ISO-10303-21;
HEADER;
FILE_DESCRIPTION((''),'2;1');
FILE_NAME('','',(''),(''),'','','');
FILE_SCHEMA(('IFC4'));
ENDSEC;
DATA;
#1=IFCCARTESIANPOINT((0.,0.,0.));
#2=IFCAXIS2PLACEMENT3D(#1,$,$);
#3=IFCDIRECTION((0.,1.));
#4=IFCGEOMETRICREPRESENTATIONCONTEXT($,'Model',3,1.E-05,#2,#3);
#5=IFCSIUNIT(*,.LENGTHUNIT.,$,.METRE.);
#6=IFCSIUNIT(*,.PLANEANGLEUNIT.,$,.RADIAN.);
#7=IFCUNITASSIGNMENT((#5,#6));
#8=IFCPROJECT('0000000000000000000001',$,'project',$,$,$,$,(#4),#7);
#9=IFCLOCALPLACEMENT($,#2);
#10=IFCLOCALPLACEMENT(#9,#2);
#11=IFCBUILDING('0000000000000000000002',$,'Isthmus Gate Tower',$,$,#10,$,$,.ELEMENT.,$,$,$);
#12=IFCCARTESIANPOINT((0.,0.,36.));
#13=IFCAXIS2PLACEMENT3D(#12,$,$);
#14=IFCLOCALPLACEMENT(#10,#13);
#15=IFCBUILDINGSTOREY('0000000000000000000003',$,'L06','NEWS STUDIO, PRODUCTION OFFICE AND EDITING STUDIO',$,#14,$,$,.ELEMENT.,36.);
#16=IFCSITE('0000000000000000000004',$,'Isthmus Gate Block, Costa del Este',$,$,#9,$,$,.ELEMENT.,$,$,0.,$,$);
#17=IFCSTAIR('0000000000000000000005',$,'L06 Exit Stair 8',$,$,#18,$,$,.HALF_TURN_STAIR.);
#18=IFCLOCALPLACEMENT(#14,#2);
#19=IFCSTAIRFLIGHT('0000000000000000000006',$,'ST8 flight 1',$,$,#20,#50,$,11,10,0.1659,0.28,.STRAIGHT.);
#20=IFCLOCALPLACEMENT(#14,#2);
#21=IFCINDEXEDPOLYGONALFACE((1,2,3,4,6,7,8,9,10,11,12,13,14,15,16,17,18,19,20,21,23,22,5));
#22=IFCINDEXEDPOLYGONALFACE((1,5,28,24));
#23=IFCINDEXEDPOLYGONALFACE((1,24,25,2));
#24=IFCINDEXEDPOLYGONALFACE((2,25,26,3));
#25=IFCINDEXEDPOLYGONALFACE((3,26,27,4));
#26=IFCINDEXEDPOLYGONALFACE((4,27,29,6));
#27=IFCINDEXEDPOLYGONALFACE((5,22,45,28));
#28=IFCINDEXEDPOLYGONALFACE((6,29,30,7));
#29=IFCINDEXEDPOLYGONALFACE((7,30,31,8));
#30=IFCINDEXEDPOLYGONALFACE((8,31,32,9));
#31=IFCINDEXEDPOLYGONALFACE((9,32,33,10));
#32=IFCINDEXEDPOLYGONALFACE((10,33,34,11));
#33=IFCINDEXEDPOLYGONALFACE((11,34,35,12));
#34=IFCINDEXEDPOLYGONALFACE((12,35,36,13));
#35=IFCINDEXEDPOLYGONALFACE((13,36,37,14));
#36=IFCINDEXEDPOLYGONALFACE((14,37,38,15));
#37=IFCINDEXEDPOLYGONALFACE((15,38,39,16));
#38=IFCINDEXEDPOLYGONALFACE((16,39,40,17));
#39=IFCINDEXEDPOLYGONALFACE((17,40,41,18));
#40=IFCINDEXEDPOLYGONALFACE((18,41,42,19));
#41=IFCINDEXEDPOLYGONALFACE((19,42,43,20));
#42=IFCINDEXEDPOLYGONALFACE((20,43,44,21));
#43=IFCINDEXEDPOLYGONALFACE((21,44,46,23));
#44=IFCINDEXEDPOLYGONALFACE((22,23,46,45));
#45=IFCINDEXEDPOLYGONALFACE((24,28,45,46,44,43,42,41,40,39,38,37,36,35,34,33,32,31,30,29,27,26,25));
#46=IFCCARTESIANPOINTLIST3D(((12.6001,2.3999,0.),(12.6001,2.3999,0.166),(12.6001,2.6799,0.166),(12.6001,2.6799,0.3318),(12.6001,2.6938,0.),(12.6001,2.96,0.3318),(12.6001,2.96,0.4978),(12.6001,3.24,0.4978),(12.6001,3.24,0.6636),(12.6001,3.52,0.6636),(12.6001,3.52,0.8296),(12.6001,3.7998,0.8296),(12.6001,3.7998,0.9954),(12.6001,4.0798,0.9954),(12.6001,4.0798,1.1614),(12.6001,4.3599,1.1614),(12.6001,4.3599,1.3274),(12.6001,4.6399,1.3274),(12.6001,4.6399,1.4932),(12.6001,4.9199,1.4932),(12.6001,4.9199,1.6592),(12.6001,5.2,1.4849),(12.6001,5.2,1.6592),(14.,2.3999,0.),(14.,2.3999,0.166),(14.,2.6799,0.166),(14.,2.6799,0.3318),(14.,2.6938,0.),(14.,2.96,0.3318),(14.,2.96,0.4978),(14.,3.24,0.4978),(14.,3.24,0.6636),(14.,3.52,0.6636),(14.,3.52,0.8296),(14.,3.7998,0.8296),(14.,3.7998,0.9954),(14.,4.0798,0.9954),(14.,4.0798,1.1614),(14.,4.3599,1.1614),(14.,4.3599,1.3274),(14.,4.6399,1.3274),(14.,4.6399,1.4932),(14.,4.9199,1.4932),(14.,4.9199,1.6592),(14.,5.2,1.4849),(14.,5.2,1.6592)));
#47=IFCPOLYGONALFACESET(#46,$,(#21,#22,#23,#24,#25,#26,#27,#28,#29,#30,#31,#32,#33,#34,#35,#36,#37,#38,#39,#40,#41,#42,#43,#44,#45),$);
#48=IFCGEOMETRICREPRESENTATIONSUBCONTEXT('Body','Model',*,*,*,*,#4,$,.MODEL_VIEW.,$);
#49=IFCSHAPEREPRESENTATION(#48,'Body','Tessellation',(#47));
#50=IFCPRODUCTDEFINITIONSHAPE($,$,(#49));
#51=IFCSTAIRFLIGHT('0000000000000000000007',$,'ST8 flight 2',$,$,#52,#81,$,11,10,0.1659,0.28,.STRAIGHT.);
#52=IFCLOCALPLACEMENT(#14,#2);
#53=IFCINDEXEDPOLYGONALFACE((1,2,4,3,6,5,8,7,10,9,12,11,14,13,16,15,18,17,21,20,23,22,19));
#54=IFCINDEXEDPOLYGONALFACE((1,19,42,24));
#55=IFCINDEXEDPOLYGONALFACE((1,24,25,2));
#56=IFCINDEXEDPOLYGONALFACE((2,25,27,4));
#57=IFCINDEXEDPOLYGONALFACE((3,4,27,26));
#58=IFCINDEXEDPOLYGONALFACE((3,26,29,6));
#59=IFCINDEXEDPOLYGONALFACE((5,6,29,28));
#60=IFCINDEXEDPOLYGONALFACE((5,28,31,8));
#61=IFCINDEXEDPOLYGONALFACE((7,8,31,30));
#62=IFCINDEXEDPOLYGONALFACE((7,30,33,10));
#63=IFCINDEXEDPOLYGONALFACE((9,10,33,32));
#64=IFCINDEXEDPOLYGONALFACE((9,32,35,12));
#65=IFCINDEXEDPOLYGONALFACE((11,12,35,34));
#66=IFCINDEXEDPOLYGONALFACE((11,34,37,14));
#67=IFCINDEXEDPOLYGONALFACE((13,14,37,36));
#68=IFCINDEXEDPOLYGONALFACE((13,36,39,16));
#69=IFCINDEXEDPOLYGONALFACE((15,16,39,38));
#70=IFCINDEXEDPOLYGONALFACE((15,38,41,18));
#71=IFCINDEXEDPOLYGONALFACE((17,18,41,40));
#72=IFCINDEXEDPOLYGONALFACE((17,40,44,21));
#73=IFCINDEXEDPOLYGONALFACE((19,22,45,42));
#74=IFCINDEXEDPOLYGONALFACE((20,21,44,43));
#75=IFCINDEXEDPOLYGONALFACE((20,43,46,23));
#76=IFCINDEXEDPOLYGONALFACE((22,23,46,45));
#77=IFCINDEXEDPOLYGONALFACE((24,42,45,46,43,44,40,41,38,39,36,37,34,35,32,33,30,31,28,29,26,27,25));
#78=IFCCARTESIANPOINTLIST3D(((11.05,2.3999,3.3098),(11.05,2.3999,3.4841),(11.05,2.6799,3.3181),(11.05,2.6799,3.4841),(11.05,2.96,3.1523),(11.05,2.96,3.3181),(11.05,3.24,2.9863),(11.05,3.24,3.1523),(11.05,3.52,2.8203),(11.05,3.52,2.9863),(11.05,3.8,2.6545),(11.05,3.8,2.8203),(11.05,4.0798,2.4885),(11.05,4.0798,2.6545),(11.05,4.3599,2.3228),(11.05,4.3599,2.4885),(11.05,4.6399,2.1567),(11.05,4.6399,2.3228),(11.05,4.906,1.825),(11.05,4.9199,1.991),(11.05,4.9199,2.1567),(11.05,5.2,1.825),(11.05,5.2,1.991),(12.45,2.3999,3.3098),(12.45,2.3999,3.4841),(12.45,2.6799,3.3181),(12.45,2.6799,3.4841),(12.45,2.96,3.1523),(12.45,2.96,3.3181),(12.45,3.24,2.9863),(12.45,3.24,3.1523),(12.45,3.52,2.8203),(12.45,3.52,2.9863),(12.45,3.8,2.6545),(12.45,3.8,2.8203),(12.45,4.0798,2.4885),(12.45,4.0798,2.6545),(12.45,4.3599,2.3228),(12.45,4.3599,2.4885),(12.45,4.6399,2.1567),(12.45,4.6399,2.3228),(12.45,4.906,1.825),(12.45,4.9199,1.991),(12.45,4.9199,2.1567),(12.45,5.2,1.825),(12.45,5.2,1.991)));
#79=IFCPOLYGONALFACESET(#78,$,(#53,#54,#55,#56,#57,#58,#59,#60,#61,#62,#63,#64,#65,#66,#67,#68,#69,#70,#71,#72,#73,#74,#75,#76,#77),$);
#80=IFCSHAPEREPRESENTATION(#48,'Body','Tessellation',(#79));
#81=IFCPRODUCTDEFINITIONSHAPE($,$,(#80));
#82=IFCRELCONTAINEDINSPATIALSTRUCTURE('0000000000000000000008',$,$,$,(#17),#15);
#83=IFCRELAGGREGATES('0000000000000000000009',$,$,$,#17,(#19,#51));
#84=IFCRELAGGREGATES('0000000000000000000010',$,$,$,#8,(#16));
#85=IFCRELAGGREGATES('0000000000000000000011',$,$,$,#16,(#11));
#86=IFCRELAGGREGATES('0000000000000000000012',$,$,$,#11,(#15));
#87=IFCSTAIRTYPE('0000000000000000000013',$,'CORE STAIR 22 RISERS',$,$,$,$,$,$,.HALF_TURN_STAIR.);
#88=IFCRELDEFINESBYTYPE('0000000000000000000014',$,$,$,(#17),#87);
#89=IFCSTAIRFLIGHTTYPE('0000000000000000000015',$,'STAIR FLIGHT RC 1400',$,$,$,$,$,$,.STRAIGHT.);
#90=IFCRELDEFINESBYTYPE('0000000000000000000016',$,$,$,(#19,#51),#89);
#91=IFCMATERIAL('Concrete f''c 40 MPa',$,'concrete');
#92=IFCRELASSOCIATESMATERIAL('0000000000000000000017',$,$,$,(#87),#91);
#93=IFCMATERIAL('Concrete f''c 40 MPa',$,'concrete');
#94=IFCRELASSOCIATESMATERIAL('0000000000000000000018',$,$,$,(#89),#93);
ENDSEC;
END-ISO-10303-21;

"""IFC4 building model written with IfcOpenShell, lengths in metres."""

from ifc_helpers import new_model, si_unit, direction, frame, origin, place, context, subcontext, project, spatial, polyline, outline, extrude, material, type_object, element, aggregate, save


model = new_model("IFC4")

# Units and contexts
model_context = context("Model", 3, precision=1e-05, world=origin(), true_north=direction((0.0, 1.0)))
body_context = subcontext(model_context, "Body", "Model", "MODEL_VIEW")
ifc_project = project(units=[si_unit("LENGTHUNIT", "METRE"), si_unit("PLANEANGLEUNIT", "RADIAN")], contexts=[model_context])

# Site, building, storey
site_placement = place(None, origin())
site = spatial("IfcSite", under=ifc_project, at=site_placement, Name="Isthmus Gate Block, Costa del Este", CompositionType="ELEMENT", RefElevation=0.0)
building_placement = place(site_placement, origin())
building = spatial("IfcBuilding", under=site, at=building_placement, Name="Isthmus Gate Tower", CompositionType="ELEMENT")
storey_placement = place(building_placement, frame((0.0, 0.0, 36.0)))
storey = spatial("IfcBuildingStorey", under=building, at=storey_placement, Name="L06", Description="NEWS STUDIO, PRODUCTION OFFICE AND EDITING STUDIO", CompositionType="ELEMENT", Elevation=36.0)

# Stair, stair flights
ifc_material_1 = material(Name="Concrete f'c 40 MPa", Category="concrete")
stair_type = type_object("IfcStairType", Name="CORE STAIR 22 RISERS", PredefinedType="HALF_TURN_STAIR", material=ifc_material_1)
ifc_material_2 = material(Name="Concrete f'c 40 MPa", Category="concrete")
stair_flight_type = type_object("IfcStairFlightType", Name="STAIR FLIGHT RC 1400", PredefinedType="STRAIGHT", material=ifc_material_2)
stair_1_placement = place(storey_placement, origin())
stair_1 = element("IfcStair", 1, at=stair_1_placement, inside=storey, type_object=stair_type, Name="L06 Exit Stair 8", PredefinedType="HALF_TURN_STAIR")
stair_flight_1_placement = place(storey_placement, frame((13.3, 2.3999, 0.0), z_axis=(0.0, 0.0, 1.0), x_axis=(0.0, 1.0, 0.0)))
stair_flight_1 = element("IfcStairFlight", 2, at=stair_flight_1_placement, type_object=stair_flight_type, Name="ST8 flight 1", NumberOfRisers=11, NumberOfTreads=10, PredefinedType="STRAIGHT", RiserHeight=0.1659, TreadLength=0.28, context=body_context, shape_type="SweptSolid", body=[
    extrude(outline(polyline([(0.0, 0.0), (0.0, 0.166), (0.28, 0.166), (0.28, 0.3318), (0.5601, 0.3318), (0.5601, 0.4978), (0.8401, 0.4978), (0.8401, 0.6636), (1.1201, 0.6636), (1.1201, 0.8296), (1.3999, 0.8296), (1.3999, 0.9954), (1.6799, 0.9954), (1.6799, 1.1614), (1.96, 1.1614), (1.96, 1.3274), (2.24, 1.3274), (2.24, 1.4932), (2.52, 1.4932), (2.52, 1.6592), (2.8, 1.6592), (2.8, 1.825), (2.8, 1.4849), (0.2939, 0.0), (0.0, 0.0)])), frame((0.0, 0.7, 0.0), z_axis=(0.0, -1.0, 0.0), x_axis=(1.0, 0.0, 0.0)), (0.0, 0.0, 1.0), 1.3999),
])
stair_flight_2_placement = place(storey_placement, frame((11.75, 5.2, 1.825), z_axis=(0.0, 0.0, 1.0), x_axis=(0.0, -1.0, 0.0)))
stair_flight_2 = element("IfcStairFlight", 3, at=stair_flight_2_placement, type_object=stair_flight_type, Name="ST8 flight 2", NumberOfRisers=11, NumberOfTreads=10, PredefinedType="STRAIGHT", RiserHeight=0.1659, TreadLength=0.28, context=body_context, shape_type="SweptSolid", body=[
    extrude(outline(polyline([(0.0, 0.0), (0.0, 0.166), (0.28, 0.166), (0.28, 0.3318), (0.5601, 0.3318), (0.5601, 0.4978), (0.8401, 0.4978), (0.8401, 0.6636), (1.1201, 0.6636), (1.1201, 0.8296), (1.3999, 0.8296), (1.3999, 0.9954), (1.6799, 0.9954), (1.6799, 1.1614), (1.96, 1.1614), (1.96, 1.3274), (2.24, 1.3274), (2.24, 1.4932), (2.52, 1.4932), (2.52, 1.6592), (2.8, 1.6592), (2.8, 1.825), (2.8, 1.4849), (0.2939, 0.0), (0.0, 0.0)])), frame((0.0, 0.7, 0.0), z_axis=(0.0, -1.0, 0.0), x_axis=(1.0, 0.0, 0.0)), (0.0, 0.0, 1.0), 1.3999),
])
aggregate(stair_1, [stair_flight_1, stair_flight_2])

save(model, "model.ifc")
